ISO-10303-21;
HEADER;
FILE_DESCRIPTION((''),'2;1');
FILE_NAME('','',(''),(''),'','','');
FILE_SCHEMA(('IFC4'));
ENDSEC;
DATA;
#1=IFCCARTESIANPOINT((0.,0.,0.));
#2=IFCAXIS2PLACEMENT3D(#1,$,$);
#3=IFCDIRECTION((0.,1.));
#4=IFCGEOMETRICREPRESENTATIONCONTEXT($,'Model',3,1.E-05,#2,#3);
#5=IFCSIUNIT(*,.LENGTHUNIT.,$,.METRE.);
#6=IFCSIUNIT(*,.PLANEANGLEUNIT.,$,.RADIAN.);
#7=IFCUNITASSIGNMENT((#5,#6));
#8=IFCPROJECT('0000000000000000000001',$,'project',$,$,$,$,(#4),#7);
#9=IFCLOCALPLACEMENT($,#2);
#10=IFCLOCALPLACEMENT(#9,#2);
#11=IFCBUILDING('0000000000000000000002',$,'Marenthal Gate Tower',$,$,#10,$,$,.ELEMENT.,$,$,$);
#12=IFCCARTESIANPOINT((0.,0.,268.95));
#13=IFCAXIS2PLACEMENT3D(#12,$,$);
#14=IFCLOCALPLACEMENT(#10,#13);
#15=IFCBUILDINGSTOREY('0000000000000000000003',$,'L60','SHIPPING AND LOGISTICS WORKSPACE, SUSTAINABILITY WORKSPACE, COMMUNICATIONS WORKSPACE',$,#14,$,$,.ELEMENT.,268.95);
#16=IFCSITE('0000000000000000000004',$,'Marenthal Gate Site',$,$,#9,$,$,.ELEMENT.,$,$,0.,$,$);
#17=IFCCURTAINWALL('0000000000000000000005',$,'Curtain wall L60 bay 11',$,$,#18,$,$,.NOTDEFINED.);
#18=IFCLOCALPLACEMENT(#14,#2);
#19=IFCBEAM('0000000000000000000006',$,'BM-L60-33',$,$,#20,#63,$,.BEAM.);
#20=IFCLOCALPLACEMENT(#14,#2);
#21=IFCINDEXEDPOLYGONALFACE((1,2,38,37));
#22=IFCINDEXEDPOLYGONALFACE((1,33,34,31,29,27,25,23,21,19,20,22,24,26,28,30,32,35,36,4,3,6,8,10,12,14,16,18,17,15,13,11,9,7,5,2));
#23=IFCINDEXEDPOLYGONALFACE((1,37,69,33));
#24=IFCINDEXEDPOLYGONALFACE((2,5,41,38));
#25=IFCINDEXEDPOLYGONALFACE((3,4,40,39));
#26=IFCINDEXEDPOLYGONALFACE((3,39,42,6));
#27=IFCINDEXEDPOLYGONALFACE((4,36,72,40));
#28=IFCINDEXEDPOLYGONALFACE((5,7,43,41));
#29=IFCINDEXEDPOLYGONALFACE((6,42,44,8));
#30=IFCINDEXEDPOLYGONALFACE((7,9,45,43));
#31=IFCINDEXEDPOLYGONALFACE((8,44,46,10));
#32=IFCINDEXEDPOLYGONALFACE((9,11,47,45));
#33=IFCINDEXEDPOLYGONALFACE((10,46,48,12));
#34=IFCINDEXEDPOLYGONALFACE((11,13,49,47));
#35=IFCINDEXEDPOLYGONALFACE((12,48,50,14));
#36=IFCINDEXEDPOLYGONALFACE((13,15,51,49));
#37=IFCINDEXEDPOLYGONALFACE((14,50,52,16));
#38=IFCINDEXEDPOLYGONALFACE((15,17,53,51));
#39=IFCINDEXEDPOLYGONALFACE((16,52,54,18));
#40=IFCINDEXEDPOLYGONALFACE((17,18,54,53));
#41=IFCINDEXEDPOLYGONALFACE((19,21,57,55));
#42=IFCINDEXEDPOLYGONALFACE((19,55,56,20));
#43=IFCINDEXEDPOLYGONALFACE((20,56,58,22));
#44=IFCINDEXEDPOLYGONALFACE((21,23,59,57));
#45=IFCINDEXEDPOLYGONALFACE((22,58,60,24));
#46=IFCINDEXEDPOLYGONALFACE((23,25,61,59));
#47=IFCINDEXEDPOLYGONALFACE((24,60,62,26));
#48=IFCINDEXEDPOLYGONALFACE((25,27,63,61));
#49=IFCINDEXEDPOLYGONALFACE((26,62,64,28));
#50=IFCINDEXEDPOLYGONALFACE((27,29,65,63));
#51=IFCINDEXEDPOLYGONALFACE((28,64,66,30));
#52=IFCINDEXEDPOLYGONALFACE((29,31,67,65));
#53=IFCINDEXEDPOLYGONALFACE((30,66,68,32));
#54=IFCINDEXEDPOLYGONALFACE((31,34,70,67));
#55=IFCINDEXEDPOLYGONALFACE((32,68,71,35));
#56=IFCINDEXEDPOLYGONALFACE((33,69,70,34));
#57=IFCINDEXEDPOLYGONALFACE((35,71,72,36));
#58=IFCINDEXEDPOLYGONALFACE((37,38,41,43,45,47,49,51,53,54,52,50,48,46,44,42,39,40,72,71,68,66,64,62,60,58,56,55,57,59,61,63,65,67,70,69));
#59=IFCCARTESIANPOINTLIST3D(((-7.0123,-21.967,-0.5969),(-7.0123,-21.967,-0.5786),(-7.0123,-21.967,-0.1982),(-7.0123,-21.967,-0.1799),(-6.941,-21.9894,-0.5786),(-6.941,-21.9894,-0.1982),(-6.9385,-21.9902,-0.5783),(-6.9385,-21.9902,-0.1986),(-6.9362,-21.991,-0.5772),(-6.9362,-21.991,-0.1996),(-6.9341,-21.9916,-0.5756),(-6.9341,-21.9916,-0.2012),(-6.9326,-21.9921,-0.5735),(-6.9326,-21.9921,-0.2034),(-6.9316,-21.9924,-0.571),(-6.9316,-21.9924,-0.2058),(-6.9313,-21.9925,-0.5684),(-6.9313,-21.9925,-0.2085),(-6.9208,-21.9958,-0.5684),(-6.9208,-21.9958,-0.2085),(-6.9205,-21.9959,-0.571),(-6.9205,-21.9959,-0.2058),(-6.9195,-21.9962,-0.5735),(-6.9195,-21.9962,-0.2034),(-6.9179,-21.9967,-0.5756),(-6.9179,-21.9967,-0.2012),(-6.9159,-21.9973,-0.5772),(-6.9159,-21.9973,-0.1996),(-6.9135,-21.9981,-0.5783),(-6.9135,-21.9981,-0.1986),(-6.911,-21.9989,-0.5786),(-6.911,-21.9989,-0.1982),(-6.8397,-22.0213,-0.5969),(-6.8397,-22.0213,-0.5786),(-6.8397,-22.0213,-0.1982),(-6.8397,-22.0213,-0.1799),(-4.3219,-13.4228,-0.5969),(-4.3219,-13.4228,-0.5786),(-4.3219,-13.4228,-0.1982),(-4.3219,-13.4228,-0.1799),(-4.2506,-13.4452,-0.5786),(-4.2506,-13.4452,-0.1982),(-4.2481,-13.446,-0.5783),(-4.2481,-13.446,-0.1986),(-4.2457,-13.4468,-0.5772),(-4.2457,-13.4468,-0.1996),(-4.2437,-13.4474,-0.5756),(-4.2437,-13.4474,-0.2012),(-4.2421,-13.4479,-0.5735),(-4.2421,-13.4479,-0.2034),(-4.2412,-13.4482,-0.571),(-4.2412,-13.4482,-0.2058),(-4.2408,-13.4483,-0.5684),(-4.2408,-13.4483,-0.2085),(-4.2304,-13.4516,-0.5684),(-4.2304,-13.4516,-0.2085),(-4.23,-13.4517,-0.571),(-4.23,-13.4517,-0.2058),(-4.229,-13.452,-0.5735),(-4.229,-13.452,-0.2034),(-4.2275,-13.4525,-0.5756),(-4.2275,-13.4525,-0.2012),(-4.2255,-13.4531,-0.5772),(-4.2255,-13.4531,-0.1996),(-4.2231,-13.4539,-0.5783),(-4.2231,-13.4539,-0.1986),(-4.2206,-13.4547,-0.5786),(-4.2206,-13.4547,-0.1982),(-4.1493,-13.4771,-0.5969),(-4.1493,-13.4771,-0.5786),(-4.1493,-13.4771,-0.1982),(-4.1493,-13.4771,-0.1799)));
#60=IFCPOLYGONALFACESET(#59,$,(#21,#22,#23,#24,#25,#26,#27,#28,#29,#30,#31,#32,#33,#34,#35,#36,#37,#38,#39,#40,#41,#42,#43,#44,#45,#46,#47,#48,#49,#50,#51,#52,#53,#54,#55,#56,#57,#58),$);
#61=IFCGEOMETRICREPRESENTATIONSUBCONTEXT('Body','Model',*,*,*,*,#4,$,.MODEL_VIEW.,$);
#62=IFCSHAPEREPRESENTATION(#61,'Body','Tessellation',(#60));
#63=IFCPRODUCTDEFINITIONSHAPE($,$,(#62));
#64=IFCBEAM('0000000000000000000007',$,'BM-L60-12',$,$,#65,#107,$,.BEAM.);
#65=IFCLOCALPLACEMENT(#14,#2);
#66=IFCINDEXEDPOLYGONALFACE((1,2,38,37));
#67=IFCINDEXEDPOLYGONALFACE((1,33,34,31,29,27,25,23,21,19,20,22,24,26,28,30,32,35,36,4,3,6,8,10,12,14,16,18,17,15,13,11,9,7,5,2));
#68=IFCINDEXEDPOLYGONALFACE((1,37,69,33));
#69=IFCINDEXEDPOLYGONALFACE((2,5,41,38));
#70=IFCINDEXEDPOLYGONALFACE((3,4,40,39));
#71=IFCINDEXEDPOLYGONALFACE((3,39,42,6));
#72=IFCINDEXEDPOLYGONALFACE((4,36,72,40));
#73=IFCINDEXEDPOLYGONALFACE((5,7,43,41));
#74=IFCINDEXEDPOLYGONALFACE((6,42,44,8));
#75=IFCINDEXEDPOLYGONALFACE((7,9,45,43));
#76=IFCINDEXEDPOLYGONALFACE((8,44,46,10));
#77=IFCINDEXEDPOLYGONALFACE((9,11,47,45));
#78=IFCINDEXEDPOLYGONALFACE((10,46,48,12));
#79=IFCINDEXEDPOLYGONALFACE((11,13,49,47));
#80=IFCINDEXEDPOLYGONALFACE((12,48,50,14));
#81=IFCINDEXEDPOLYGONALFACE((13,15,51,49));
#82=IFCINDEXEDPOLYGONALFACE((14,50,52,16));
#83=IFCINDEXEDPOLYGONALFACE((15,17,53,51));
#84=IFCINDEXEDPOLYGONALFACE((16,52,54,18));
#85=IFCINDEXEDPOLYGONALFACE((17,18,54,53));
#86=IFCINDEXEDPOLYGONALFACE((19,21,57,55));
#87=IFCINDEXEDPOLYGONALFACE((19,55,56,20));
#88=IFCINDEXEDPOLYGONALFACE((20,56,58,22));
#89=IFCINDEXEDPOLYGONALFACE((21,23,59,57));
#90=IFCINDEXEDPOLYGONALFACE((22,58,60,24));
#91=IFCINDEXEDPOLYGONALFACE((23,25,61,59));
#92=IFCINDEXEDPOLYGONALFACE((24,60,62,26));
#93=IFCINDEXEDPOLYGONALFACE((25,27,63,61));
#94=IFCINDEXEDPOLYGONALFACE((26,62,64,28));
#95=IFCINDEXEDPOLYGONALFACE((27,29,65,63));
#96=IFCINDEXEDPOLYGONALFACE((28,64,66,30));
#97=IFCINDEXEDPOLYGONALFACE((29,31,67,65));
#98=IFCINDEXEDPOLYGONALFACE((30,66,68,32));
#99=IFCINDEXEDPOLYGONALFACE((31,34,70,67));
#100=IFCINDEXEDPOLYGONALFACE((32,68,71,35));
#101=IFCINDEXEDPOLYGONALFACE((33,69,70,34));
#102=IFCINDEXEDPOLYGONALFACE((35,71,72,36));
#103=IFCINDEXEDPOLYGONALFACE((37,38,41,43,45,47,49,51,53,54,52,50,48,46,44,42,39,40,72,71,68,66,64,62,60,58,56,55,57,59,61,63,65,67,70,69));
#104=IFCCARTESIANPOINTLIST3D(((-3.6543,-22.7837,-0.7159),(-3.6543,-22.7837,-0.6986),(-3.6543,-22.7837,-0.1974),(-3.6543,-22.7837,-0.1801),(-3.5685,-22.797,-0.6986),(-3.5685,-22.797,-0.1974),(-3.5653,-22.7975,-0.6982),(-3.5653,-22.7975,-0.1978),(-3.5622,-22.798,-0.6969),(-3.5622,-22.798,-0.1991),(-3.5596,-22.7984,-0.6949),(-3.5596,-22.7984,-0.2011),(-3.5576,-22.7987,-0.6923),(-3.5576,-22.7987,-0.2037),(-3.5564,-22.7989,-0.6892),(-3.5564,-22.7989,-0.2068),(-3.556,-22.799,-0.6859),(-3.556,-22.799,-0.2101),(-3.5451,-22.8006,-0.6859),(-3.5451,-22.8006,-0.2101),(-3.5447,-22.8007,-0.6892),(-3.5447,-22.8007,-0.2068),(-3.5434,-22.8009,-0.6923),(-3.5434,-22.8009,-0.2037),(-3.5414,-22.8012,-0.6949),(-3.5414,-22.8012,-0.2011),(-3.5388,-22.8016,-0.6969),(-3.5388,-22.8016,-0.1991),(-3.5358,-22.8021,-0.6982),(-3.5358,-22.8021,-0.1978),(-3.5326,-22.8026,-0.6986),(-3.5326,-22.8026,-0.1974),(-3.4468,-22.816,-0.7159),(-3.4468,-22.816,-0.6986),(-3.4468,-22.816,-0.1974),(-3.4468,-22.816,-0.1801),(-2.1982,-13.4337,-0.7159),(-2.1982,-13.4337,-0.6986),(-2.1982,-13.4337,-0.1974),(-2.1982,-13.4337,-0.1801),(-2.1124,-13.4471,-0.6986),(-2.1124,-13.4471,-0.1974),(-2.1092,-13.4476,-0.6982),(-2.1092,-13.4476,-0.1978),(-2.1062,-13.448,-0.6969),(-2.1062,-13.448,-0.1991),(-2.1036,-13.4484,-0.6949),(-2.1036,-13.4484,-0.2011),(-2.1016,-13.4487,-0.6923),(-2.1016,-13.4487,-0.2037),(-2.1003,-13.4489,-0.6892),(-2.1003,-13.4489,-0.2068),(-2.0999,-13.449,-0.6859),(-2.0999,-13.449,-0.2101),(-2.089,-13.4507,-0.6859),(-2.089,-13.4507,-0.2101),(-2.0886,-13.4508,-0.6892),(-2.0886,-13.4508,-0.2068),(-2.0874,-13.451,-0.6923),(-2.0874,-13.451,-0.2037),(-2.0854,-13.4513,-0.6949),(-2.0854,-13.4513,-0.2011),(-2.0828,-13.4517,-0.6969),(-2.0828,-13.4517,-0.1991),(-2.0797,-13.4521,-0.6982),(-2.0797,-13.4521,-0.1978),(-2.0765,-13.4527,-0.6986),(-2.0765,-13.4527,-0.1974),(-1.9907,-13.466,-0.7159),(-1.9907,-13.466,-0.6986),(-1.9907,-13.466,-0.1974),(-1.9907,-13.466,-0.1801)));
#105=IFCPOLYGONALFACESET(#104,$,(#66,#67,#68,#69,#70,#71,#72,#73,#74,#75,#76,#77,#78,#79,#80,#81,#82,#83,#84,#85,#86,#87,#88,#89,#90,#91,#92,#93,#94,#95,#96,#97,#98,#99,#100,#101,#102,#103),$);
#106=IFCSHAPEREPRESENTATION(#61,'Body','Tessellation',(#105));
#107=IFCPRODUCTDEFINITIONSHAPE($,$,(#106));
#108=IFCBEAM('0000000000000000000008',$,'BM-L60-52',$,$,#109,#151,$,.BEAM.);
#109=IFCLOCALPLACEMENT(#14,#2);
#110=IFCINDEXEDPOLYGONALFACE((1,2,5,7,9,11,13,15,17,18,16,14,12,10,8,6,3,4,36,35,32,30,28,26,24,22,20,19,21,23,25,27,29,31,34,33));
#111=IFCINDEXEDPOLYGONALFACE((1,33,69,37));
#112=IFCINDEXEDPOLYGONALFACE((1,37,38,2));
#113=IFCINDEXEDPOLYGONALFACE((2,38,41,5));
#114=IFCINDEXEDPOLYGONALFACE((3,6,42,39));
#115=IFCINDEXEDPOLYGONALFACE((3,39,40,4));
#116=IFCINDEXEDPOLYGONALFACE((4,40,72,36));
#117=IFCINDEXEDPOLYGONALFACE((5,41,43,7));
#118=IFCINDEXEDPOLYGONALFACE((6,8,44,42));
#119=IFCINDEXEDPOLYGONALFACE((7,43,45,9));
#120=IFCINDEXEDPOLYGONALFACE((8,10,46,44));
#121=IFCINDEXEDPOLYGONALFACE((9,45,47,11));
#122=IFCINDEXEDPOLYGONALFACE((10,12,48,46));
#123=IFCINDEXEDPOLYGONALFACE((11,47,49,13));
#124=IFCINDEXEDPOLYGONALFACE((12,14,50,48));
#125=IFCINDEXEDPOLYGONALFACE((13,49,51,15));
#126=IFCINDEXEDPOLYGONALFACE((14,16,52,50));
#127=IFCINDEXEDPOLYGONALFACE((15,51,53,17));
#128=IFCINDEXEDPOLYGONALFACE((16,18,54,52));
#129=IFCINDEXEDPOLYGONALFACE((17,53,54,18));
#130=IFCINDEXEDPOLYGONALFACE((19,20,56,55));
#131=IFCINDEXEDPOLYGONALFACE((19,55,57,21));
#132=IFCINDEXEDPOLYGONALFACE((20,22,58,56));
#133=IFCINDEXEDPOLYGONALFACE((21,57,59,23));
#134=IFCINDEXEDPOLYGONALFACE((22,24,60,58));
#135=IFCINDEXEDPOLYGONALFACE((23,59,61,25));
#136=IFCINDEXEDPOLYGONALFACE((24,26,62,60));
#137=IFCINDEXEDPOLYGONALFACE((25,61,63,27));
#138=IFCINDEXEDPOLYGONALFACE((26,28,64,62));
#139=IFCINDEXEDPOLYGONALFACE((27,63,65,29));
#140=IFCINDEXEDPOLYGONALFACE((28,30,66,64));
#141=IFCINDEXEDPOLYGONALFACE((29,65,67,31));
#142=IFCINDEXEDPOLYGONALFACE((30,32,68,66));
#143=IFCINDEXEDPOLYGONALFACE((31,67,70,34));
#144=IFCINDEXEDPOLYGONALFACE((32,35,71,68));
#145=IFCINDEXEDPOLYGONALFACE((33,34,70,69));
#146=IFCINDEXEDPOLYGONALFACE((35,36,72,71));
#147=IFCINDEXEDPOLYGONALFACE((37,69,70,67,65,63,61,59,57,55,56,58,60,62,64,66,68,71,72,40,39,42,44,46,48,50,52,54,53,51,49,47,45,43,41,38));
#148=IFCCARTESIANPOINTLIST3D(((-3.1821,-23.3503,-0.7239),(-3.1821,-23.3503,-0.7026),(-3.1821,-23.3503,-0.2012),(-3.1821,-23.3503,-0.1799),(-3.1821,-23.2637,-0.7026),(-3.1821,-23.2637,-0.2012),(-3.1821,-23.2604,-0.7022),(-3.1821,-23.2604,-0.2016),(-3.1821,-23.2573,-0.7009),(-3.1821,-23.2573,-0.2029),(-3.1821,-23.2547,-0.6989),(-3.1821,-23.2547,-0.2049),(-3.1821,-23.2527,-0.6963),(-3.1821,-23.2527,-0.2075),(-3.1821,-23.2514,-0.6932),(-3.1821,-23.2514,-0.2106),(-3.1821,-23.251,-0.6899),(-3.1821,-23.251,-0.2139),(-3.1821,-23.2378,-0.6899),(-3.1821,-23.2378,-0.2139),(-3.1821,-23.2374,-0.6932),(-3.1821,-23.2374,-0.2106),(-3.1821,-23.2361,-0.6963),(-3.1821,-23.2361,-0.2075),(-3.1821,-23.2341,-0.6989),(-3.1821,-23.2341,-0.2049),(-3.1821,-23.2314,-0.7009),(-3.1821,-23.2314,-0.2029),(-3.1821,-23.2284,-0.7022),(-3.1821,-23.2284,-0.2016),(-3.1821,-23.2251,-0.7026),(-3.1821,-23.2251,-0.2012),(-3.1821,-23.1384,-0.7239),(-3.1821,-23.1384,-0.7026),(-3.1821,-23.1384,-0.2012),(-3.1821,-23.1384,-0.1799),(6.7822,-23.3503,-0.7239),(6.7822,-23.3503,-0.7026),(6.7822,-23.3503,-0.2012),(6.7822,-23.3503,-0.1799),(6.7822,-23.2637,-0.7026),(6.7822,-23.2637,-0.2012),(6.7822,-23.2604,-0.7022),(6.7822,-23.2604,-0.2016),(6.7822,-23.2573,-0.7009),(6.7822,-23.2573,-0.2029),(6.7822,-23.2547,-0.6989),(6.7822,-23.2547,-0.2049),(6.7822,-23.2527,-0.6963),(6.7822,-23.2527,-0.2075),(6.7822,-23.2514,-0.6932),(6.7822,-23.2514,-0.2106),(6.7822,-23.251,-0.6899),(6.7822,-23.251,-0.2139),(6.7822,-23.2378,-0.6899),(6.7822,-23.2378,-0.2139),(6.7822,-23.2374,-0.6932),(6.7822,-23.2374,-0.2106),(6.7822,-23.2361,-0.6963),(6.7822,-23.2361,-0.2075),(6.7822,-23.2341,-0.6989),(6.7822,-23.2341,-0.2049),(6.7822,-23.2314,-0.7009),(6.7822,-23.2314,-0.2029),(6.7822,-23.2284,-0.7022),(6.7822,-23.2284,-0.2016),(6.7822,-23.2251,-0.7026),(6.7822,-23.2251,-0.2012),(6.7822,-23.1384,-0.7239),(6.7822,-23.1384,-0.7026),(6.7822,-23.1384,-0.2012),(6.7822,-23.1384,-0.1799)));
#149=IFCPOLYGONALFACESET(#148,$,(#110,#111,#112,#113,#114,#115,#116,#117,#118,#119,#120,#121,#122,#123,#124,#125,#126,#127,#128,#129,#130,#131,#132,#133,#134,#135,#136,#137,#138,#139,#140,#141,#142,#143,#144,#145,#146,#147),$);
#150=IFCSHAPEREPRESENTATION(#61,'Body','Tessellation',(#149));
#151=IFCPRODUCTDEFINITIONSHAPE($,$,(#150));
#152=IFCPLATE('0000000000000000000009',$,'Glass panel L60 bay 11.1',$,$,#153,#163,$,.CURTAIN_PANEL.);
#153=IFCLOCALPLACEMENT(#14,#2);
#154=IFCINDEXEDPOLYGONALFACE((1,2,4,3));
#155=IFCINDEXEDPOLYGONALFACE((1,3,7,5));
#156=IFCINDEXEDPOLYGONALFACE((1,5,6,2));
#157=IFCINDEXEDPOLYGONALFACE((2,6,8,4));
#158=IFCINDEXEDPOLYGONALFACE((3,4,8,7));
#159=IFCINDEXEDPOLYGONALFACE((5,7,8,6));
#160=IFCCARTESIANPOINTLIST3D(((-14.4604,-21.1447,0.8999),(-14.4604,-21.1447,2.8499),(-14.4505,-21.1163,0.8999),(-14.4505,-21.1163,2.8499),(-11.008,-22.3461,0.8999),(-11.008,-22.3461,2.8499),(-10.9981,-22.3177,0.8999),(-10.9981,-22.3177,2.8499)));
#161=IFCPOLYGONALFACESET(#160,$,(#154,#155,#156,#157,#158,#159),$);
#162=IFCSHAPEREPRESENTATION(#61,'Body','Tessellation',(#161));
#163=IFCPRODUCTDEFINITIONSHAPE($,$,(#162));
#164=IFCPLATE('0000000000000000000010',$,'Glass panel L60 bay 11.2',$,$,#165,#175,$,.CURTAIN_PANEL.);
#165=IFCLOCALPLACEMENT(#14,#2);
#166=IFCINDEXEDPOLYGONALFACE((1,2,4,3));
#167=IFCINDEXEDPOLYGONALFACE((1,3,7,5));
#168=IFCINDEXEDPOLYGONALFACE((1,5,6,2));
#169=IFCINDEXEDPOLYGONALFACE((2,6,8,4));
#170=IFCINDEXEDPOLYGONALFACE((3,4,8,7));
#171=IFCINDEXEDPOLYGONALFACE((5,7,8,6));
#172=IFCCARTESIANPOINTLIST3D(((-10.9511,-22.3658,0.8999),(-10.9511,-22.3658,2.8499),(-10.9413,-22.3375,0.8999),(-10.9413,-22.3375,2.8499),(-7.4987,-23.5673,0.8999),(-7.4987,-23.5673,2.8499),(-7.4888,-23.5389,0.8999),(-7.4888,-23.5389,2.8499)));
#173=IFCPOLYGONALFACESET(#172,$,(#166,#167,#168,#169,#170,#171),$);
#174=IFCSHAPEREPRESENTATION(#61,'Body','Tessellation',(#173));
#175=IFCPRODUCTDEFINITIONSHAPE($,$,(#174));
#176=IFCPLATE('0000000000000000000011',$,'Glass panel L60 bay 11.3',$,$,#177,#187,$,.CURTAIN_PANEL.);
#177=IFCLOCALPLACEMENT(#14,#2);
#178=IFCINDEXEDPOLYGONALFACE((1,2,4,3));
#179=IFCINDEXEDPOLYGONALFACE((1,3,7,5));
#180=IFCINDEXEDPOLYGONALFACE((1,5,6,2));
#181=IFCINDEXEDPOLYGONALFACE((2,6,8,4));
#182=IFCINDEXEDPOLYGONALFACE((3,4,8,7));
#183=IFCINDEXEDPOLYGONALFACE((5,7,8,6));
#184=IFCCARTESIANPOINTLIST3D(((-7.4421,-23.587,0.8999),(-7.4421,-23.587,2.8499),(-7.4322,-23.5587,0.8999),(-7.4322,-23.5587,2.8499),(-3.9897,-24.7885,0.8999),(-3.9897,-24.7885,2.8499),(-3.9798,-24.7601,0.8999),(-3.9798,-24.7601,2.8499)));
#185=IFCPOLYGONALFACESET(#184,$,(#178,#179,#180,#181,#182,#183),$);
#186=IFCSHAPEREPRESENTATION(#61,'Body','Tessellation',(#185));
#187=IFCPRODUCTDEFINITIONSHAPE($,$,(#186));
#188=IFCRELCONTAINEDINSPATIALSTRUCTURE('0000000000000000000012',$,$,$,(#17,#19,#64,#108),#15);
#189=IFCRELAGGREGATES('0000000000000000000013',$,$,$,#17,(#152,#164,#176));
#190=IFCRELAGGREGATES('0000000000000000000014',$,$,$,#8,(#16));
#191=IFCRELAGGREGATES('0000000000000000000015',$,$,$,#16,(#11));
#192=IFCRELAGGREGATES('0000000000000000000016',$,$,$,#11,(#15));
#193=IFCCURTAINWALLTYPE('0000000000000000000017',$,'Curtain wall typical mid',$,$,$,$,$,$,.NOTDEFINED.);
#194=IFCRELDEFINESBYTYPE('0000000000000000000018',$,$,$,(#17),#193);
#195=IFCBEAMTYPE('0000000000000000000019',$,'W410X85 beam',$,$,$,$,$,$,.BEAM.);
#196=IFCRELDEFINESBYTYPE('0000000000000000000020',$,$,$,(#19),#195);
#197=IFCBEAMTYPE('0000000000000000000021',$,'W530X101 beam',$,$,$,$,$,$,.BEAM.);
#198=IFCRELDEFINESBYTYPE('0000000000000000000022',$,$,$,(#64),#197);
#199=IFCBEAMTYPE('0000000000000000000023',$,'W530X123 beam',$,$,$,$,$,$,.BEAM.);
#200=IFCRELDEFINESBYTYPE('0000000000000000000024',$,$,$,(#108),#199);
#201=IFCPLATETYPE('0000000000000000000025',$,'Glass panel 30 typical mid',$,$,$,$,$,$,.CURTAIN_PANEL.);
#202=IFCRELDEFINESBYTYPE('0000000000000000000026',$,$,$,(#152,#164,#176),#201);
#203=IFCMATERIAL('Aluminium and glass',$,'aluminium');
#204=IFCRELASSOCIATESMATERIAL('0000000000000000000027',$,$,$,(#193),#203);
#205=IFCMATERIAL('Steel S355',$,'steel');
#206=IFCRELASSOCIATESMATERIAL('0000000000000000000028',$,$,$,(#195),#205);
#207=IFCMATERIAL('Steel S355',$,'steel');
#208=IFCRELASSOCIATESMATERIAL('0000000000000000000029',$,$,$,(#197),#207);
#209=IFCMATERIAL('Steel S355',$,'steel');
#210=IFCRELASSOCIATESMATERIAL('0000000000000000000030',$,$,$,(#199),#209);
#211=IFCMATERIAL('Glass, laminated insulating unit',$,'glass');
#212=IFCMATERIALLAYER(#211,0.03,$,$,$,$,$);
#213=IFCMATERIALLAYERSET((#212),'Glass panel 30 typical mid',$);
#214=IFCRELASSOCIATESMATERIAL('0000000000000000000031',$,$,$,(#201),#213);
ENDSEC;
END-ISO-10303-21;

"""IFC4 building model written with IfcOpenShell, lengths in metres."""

from ifc_helpers import new_model, si_unit, direction, frame, origin, origin_2d, place, context, subcontext, project, spatial, rectangle, i_section, extrude, material, layer, layer_set, material_profile, profile_set, type_object, element, aggregate, save


model = new_model("IFC4")

# Units and contexts
model_context = context("Model", 3, precision=1e-05, world=origin(), true_north=direction((0.0, 1.0)))
body_context = subcontext(model_context, "Body", "Model", "MODEL_VIEW")
ifc_project = project(units=[si_unit("LENGTHUNIT", "METRE"), si_unit("PLANEANGLEUNIT", "RADIAN")], contexts=[model_context])

# Site, building, storey
site_placement = place(None, origin())
site = spatial("IfcSite", under=ifc_project, at=site_placement, Name="Marenthal Gate Site", CompositionType="ELEMENT", RefElevation=0.0)
building_placement = place(site_placement, origin())
building = spatial("IfcBuilding", under=site, at=building_placement, Name="Marenthal Gate Tower", CompositionType="ELEMENT")
storey_placement = place(building_placement, frame((0.0, 0.0, 268.95)))
storey = spatial("IfcBuildingStorey", under=building, at=storey_placement, Name="L60", Description="SHIPPING AND LOGISTICS WORKSPACE, SUSTAINABILITY WORKSPACE, COMMUNICATIONS WORKSPACE", CompositionType="ELEMENT", Elevation=268.95)

# Curtain wall
ifc_material_1 = material(Name="Aluminium and glass", Category="aluminium")
curtain_wall_type_1 = type_object("IfcCurtainWallType", Name="Curtain wall typical mid", PredefinedType="NOTDEFINED", material=ifc_material_1)
curtain_wall_1_placement = place(storey_placement, origin())
curtain_wall_1 = element("IfcCurtainWall", 1, at=curtain_wall_1_placement, inside=storey, type_object=curtain_wall_type_1, Name="Curtain wall L60 bay 11", PredefinedType="NOTDEFINED")

# Beams
ifc_material_2 = material(Name="Steel S355", Category="steel")
ifc_material_profile_1 = material_profile(ifc_material_2, i_section(OverallWidth=0.1809, OverallDepth=0.417, WebThickness=0.011, FlangeThickness=0.0183, FilletRadius=0.0103, at=origin_2d()), Name="W410X85")
ifc_profile_set_1 = profile_set([ifc_material_profile_1], Name="Steel S355")
beam_type_1 = type_object("IfcBeamType", Name="W410X85 beam", PredefinedType="BEAM", material=ifc_profile_set_1)
beam_1_placement = place(storey_placement, frame((-6.926, -21.9941, -0.3884), z_axis=(0.300346, 0.95383, 0.0), x_axis=(-0.95383, 0.300346, 0.0)))
element("IfcBeam", 2, at=beam_1_placement, inside=storey, type_object=beam_type_1, Name="BM-L60-33", PredefinedType="BEAM", context=body_context, shape_type="SweptSolid", body=[
    extrude(i_section(OverallWidth=0.1809, OverallDepth=0.417, WebThickness=0.011, FlangeThickness=0.0183, FilletRadius=0.0103, at=origin_2d()), origin(), (0.0, 0.0, 1.0), 8.9578),
])
ifc_material_3 = material(Name="Steel S355", Category="steel")
ifc_material_profile_2 = material_profile(ifc_material_3, i_section(OverallWidth=0.21, OverallDepth=0.5359, WebThickness=0.011, FlangeThickness=0.0173, FilletRadius=0.0127, at=origin_2d()), Name="W530X101")
ifc_profile_set_2 = profile_set([ifc_material_profile_2], Name="Steel S355")
beam_type_2 = type_object("IfcBeamType", Name="W530X101 beam", PredefinedType="BEAM", material=ifc_profile_set_2)
beam_2_placement = place(storey_placement, frame((-3.5505, -22.7998, -0.448), z_axis=(0.153876, 0.98809, 0.0), x_axis=(-0.98809, 0.153876, 0.0)))
element("IfcBeam", 3, at=beam_2_placement, inside=storey, type_object=beam_type_2, Name="BM-L60-12", PredefinedType="BEAM", context=body_context, shape_type="SweptSolid", body=[
    extrude(i_section(OverallWidth=0.21, OverallDepth=0.5359, WebThickness=0.011, FlangeThickness=0.0173, FilletRadius=0.0127, at=origin_2d()), origin(), (0.0, 0.0, 1.0), 9.4626),
])
ifc_material_4 = material(Name="Steel S355", Category="steel")
ifc_material_profile_3 = material_profile(ifc_material_4, i_section(OverallWidth=0.2119, OverallDepth=0.5439, WebThickness=0.0132, FlangeThickness=0.0212, FilletRadius=0.0127, at=origin_2d()), Name="W530X123")
ifc_profile_set_3 = profile_set([ifc_material_profile_3], Name="Steel S355")
beam_type_3 = type_object("IfcBeamType", Name="W530X123 beam", PredefinedType="BEAM", material=ifc_profile_set_3)
beam_3_placement = place(storey_placement, frame((-3.1821, -23.2444, -0.4519), z_axis=(1.0, 0.0, 0.0), x_axis=(0.0, 1.0, 0.0)))
element("IfcBeam", 4, at=beam_3_placement, inside=storey, type_object=beam_type_3, Name="BM-L60-52", PredefinedType="BEAM", context=body_context, shape_type="SweptSolid", body=[
    extrude(i_section(OverallWidth=0.2119, OverallDepth=0.5439, WebThickness=0.0132, FlangeThickness=0.0212, FilletRadius=0.0127, at=origin_2d()), origin(), (0.0, 0.0, 1.0), 9.9644),
])

# Plates
ifc_material_5 = material(Name="Glass, laminated insulating unit", Category="glass")
ifc_layer_1 = layer(ifc_material_5, 0.03)
ifc_layer_set_1 = layer_set([ifc_layer_1], Name="Glass panel 30 typical mid")
plate_type_1 = type_object("IfcPlateType", Name="Glass panel 30 typical mid", PredefinedType="CURTAIN_PANEL", material=ifc_layer_set_1)
plate_1_placement = place(storey_placement, frame((-12.7292, -21.7312, 0.8999), z_axis=(0.0, 0.0, 1.0), x_axis=(0.944445, -0.32867, 0.0)))
plate_1 = element("IfcPlate", 5, at=plate_1_placement, type_object=plate_type_1, Name="Glass panel L60 bay 11.1", PredefinedType="CURTAIN_PANEL", context=body_context, shape_type="SweptSolid", body=[
    extrude(rectangle(XDim=3.6555, YDim=0.03, at=origin_2d()), origin(), (0.0, 0.0, 1.0), 1.95),
])
plate_2_placement = place(storey_placement, frame((-9.22, -22.9524, 0.8999), z_axis=(0.0, 0.0, 1.0), x_axis=(0.944445, -0.32867, 0.0)))
plate_2 = element("IfcPlate", 6, at=plate_2_placement, type_object=plate_type_1, Name="Glass panel L60 bay 11.2", PredefinedType="CURTAIN_PANEL", context=body_context, shape_type="SweptSolid", body=[
    extrude(rectangle(XDim=3.6555, YDim=0.03, at=origin_2d()), origin(), (0.0, 0.0, 1.0), 1.95),
])
plate_3_placement = place(storey_placement, frame((-5.7109, -24.1736, 0.8999), z_axis=(0.0, 0.0, 1.0), x_axis=(0.944445, -0.32867, 0.0)))
plate_3 = element("IfcPlate", 7, at=plate_3_placement, type_object=plate_type_1, Name="Glass panel L60 bay 11.3", PredefinedType="CURTAIN_PANEL", context=body_context, shape_type="SweptSolid", body=[
    extrude(rectangle(XDim=3.6555, YDim=0.03, at=origin_2d()), origin(), (0.0, 0.0, 1.0), 1.95),
])
aggregate(curtain_wall_1, [plate_1, plate_2, plate_3])

save(model, "model.ifc")
